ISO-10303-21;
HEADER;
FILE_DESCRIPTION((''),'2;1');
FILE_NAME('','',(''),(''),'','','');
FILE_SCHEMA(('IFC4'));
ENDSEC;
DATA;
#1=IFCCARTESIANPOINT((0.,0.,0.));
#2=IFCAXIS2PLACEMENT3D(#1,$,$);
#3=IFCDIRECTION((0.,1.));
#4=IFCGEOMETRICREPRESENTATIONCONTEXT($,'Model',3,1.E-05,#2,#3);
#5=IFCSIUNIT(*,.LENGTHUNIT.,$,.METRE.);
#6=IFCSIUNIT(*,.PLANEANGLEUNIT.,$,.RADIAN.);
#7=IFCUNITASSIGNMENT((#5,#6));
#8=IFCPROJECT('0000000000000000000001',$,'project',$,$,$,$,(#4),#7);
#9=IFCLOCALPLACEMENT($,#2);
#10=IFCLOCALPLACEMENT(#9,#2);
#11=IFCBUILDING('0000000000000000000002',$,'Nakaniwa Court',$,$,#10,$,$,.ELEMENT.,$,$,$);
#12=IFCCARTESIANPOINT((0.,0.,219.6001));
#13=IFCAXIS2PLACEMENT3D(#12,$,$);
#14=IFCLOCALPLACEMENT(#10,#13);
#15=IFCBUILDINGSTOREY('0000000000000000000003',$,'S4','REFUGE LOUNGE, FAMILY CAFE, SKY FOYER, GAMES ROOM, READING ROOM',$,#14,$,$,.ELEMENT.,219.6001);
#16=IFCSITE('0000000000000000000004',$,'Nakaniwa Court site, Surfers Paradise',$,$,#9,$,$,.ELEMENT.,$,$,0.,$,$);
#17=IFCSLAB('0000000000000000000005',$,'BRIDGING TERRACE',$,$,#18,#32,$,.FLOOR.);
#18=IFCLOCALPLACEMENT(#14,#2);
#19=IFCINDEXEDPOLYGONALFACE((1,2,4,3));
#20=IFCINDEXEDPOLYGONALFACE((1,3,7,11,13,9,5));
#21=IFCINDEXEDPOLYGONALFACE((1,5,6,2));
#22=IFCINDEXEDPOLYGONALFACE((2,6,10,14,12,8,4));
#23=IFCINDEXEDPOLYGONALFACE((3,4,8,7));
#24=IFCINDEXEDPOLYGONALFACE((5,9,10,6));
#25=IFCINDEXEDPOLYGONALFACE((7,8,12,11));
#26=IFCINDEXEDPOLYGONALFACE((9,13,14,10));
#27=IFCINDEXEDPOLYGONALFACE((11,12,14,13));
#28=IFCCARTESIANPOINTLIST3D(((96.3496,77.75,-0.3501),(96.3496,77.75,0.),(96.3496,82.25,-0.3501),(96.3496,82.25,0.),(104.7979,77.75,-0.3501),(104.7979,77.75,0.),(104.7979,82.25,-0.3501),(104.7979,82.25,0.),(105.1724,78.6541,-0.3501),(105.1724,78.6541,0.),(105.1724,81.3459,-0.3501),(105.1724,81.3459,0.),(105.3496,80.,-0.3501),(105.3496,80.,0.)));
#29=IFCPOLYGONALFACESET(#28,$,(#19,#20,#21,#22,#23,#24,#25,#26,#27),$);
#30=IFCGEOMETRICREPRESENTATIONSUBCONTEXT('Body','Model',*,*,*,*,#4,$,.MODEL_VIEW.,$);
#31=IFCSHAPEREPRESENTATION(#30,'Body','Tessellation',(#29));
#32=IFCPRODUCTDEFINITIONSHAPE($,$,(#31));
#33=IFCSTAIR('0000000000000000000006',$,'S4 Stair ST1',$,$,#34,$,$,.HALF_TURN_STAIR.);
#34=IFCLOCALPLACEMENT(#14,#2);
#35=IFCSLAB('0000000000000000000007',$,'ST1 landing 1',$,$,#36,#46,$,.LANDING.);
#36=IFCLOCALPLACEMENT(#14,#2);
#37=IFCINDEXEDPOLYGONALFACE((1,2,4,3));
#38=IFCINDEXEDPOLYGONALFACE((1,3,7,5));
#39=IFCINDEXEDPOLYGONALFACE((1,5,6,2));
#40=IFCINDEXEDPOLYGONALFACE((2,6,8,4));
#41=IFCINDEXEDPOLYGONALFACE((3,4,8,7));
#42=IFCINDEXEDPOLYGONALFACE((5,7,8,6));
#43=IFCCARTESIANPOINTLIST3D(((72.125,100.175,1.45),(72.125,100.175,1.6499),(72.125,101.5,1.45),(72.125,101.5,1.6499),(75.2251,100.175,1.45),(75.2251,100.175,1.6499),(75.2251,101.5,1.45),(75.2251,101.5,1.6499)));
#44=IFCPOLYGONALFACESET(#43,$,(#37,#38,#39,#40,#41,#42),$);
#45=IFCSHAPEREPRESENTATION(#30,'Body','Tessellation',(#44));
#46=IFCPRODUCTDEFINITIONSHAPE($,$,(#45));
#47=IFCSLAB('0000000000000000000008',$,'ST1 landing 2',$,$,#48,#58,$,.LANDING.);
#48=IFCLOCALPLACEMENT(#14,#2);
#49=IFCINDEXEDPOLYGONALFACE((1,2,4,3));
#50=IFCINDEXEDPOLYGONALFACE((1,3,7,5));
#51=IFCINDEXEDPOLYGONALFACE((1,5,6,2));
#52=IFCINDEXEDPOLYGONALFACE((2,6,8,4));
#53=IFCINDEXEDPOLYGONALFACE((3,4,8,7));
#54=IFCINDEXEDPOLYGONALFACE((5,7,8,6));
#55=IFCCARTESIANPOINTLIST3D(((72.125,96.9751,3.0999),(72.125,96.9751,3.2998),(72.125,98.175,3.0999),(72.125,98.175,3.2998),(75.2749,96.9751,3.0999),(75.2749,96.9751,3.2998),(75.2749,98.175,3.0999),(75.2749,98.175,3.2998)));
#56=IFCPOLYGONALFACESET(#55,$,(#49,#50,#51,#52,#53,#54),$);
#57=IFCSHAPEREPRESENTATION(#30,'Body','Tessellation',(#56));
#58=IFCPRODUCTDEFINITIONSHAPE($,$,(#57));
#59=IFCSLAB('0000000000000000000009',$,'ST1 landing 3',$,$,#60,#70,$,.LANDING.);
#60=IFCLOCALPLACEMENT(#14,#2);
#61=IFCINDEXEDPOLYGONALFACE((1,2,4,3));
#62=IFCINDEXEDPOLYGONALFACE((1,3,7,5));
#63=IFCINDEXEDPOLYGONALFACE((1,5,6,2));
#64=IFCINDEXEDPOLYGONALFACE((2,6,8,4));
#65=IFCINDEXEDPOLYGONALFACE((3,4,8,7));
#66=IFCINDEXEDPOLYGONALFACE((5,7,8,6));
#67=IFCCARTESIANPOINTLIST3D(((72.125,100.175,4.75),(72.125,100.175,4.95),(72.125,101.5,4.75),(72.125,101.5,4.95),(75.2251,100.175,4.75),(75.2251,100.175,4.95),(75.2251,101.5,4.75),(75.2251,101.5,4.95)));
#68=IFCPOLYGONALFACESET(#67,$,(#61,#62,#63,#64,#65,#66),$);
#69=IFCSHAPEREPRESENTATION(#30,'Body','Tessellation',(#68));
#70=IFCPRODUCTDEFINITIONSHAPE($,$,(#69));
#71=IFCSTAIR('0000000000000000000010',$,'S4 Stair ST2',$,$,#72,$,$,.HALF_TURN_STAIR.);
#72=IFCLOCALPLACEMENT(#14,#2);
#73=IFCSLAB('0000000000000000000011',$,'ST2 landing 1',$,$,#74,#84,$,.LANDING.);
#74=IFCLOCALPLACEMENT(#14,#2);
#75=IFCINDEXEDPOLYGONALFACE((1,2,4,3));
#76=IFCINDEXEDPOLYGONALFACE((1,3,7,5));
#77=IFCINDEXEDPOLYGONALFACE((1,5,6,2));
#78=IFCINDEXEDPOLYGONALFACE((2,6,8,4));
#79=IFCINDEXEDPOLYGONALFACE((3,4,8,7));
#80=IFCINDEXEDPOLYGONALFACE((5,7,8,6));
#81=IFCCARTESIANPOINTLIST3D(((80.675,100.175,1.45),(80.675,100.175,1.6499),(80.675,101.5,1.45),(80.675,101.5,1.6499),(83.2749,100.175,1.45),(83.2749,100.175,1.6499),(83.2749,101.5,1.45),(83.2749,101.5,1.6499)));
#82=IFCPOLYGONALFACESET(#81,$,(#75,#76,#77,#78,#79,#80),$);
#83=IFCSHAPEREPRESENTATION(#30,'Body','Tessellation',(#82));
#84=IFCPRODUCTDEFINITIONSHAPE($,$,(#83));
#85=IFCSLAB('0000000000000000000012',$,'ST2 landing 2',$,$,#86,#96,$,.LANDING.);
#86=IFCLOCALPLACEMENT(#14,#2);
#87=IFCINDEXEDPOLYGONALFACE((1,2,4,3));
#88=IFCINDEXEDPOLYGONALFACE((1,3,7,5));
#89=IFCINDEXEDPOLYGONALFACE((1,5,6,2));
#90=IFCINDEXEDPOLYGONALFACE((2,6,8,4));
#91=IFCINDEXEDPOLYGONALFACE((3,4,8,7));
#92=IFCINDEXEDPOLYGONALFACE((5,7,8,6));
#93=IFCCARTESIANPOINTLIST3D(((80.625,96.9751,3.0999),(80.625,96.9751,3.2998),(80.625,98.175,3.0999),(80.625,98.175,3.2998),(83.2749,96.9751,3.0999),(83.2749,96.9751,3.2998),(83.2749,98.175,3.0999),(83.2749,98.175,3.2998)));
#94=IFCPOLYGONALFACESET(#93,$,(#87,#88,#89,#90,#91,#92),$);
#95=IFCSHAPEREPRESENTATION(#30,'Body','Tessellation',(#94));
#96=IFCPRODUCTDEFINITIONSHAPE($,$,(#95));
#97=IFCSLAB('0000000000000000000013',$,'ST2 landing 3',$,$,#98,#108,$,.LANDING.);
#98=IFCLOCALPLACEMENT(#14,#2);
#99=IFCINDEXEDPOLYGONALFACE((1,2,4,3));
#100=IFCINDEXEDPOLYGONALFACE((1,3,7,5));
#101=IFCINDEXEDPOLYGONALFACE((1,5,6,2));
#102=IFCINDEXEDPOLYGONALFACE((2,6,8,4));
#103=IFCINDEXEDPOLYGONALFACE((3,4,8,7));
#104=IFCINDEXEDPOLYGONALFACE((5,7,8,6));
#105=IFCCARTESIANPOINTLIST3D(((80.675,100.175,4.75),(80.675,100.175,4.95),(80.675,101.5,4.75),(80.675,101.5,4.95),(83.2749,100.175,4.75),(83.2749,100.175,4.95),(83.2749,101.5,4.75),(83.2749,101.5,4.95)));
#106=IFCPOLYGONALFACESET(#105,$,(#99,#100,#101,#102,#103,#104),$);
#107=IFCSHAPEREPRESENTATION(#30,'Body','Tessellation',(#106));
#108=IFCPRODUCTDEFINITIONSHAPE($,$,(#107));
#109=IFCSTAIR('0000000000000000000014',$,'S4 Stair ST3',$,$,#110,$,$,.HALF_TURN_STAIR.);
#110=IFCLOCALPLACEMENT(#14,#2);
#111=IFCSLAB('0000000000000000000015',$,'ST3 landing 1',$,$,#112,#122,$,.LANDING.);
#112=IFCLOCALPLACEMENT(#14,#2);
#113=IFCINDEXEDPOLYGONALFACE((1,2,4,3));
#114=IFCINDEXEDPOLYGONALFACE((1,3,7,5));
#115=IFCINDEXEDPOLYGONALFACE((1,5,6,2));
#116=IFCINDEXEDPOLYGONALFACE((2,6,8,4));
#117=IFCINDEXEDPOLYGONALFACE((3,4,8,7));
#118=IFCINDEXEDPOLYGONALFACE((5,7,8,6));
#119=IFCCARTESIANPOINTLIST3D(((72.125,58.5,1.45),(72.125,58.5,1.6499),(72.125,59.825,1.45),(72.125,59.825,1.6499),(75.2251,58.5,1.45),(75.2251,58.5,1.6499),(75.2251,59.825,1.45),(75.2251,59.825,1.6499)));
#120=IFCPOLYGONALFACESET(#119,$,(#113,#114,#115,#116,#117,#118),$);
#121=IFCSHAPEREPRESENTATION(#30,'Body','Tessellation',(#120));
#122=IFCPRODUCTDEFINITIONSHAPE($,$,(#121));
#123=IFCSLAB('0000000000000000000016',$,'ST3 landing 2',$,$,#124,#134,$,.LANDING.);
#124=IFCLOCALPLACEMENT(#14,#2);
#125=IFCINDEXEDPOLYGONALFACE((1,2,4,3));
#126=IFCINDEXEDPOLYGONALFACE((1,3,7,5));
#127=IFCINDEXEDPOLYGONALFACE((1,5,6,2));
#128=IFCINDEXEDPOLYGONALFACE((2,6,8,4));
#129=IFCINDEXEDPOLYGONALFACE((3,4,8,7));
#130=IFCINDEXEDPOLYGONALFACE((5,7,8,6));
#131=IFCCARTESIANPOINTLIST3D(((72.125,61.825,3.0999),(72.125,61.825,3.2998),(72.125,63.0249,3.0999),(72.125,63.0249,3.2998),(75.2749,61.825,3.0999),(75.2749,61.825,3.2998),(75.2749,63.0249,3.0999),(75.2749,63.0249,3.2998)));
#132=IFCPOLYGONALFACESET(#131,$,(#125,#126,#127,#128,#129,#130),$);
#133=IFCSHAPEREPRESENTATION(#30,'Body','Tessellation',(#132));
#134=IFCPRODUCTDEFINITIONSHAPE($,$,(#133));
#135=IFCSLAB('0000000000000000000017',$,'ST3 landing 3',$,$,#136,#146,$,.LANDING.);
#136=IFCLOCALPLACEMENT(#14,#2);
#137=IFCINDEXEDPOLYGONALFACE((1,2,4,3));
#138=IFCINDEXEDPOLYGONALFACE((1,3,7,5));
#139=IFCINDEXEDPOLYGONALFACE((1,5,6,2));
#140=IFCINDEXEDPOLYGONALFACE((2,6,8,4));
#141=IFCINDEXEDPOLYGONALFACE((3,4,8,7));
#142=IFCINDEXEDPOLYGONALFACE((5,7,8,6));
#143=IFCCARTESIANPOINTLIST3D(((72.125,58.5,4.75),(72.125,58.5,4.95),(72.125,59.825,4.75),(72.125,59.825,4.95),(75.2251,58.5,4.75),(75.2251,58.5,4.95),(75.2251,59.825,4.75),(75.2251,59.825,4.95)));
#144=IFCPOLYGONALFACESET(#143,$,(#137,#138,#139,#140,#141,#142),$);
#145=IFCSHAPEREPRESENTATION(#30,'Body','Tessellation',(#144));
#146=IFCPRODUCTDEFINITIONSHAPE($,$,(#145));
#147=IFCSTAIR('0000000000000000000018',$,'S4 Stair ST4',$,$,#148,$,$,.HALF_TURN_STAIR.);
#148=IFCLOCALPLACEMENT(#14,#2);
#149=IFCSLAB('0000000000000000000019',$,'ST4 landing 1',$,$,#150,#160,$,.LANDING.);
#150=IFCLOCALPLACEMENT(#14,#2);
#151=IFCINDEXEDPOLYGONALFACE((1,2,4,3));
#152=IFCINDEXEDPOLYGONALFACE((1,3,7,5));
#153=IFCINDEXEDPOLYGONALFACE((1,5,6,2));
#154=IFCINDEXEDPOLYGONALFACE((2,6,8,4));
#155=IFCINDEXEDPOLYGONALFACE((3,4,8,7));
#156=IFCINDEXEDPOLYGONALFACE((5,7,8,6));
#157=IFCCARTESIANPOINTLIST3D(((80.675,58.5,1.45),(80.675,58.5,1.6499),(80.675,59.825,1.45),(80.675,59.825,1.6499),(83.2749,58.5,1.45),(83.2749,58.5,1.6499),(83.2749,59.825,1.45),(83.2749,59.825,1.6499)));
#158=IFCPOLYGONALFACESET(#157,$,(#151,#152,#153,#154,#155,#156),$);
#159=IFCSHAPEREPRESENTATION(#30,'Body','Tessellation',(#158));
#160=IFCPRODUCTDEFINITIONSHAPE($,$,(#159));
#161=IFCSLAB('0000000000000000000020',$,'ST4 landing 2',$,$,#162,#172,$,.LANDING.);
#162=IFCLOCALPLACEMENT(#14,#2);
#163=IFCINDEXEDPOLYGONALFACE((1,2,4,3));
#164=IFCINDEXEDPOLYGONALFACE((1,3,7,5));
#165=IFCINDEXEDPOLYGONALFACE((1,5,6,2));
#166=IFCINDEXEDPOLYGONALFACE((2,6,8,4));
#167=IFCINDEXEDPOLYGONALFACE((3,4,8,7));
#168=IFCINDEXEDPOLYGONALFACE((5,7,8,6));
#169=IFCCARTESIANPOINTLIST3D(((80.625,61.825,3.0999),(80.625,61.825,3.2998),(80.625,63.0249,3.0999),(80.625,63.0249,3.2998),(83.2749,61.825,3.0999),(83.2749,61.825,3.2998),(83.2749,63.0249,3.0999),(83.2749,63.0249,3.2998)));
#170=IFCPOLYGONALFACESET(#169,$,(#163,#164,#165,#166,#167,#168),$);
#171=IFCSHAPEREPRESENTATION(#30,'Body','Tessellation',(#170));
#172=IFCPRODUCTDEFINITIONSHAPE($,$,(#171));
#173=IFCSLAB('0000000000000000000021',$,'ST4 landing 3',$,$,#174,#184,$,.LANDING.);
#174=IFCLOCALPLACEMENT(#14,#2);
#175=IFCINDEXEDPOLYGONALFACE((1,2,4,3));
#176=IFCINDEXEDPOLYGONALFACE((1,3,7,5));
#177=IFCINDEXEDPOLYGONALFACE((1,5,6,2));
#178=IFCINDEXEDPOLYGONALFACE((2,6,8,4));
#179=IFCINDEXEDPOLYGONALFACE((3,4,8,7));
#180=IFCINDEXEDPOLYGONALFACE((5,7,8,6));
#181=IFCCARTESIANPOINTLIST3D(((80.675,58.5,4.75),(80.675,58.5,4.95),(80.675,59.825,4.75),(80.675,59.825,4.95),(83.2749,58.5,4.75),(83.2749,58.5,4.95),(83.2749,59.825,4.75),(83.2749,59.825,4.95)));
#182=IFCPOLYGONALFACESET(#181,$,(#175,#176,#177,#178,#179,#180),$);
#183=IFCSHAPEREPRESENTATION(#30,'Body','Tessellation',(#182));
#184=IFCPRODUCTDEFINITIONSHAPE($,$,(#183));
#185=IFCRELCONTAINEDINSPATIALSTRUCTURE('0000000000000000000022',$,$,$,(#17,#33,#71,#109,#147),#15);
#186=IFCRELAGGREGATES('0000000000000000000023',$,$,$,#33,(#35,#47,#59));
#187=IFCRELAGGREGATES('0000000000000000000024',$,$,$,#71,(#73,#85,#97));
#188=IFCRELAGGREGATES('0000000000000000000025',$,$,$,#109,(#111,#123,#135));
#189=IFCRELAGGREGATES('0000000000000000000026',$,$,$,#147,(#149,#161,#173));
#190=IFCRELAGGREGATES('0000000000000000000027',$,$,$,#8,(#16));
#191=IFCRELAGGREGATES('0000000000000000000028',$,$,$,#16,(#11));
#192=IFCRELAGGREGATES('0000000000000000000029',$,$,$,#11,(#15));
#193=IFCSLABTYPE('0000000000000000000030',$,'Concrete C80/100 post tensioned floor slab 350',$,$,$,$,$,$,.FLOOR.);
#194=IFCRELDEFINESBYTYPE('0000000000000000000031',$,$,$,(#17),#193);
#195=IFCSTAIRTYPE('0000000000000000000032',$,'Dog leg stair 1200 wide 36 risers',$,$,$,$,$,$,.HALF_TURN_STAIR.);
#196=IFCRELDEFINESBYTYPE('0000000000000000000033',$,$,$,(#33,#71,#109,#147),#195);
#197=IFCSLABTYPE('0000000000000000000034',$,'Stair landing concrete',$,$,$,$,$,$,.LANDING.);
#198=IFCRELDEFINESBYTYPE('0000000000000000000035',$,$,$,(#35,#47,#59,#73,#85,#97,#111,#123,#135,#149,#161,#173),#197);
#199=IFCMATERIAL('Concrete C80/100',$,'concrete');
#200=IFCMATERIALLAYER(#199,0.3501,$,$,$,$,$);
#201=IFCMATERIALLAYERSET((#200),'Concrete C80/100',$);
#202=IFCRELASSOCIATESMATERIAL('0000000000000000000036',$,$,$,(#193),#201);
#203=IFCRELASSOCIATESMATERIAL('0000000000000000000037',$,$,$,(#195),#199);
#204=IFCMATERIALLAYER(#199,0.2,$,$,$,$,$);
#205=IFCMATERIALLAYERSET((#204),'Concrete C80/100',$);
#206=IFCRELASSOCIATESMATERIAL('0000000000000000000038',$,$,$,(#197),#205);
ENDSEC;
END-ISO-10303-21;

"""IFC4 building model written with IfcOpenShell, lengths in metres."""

from ifc_helpers import new_model, si_unit, direction, frame, origin, place, context, subcontext, project, spatial, polyline, outline, extrude, material, layer, layer_set, type_object, element, aggregate, save


model = new_model("IFC4")

# Units and contexts
model_context = context("Model", 3, precision=1e-05, world=origin(), true_north=direction((0.0, 1.0)))
body_context = subcontext(model_context, "Body", "Model", "MODEL_VIEW")
ifc_project = project(units=[si_unit("LENGTHUNIT", "METRE"), si_unit("PLANEANGLEUNIT", "RADIAN")], contexts=[model_context])

# Site, building, storey
site_placement = place(None, origin())
site = spatial("IfcSite", under=ifc_project, at=site_placement, Name="Nakaniwa Court site, Surfers Paradise", CompositionType="ELEMENT", RefElevation=0.0)
building_placement = place(site_placement, origin())
building = spatial("IfcBuilding", under=site, at=building_placement, Name="Nakaniwa Court", CompositionType="ELEMENT")
storey_placement = place(building_placement, frame((0.0, 0.0, 219.6001)))
storey = spatial("IfcBuildingStorey", under=building, at=storey_placement, Name="S4", Description="REFUGE LOUNGE, FAMILY CAFE, SKY FOYER, GAMES ROOM, READING ROOM", CompositionType="ELEMENT", Elevation=219.6001)

# Shared definitions
ifc_material_1 = material(Name="Concrete C80/100", Category="concrete")

# Slab
ifc_layer_1 = layer(ifc_material_1, 0.3501)
ifc_layer_set_1 = layer_set([ifc_layer_1], Name="Concrete C80/100")
slab_type_1 = type_object("IfcSlabType", Name="Concrete C80/100 post tensioned floor slab 350", PredefinedType="FLOOR", material=ifc_layer_set_1)
slab_1_placement = place(storey_placement, frame((0.0, 0.0, -0.3501)))
element("IfcSlab", 1, at=slab_1_placement, inside=storey, type_object=slab_type_1, Name="BRIDGING TERRACE", PredefinedType="FLOOR", context=body_context, shape_type="SweptSolid", body=[
    extrude(outline(polyline([(96.3496, 77.75), (104.7979, 77.75), (105.1724, 78.6541), (105.3496, 80.0), (105.1724, 81.3459), (104.7979, 82.25), (96.3496, 82.25), (96.3496, 77.75)])), origin(), (0.0, 0.0, 1.0), 0.3501),
])

# Stairs, slabs
stair_type = type_object("IfcStairType", Name="Dog leg stair 1200 wide 36 risers", PredefinedType="HALF_TURN_STAIR", material=ifc_material_1)
stair_1_placement = place(storey_placement, origin())
stair_1 = element("IfcStair", 2, at=stair_1_placement, inside=storey, type_object=stair_type, Name="S4 Stair ST1", PredefinedType="HALF_TURN_STAIR")
ifc_layer_2 = layer(ifc_material_1, 0.2)
ifc_layer_set_2 = layer_set([ifc_layer_2], Name="Concrete C80/100")
slab_type_2 = type_object("IfcSlabType", Name="Stair landing concrete", PredefinedType="LANDING", material=ifc_layer_set_2)
slab_2_placement = place(storey_placement, frame((0.0, 0.0, 1.45)))
slab_2 = element("IfcSlab", 3, at=slab_2_placement, type_object=slab_type_2, Name="ST1 landing 1", PredefinedType="LANDING", context=body_context, shape_type="SweptSolid", body=[
    extrude(outline(polyline([(75.2251, 100.175), (75.2251, 101.5), (72.125, 101.5), (72.125, 100.175), (75.2251, 100.175)])), origin(), (0.0, 0.0, 1.0), 0.2),
])
slab_3_placement = place(storey_placement, frame((0.0, 0.0, 3.0999)))
slab_3 = element("IfcSlab", 4, at=slab_3_placement, type_object=slab_type_2, Name="ST1 landing 2", PredefinedType="LANDING", context=body_context, shape_type="SweptSolid", body=[
    extrude(outline(polyline([(75.2749, 96.9751), (75.2749, 98.175), (72.125, 98.175), (72.125, 96.9751), (75.2749, 96.9751)])), origin(), (0.0, 0.0, 1.0), 0.2),
])
slab_4_placement = place(storey_placement, frame((0.0, 0.0, 4.75)))
slab_4 = element("IfcSlab", 5, at=slab_4_placement, type_object=slab_type_2, Name="ST1 landing 3", PredefinedType="LANDING", context=body_context, shape_type="SweptSolid", body=[
    extrude(outline(polyline([(75.2251, 100.175), (75.2251, 101.5), (72.125, 101.5), (72.125, 100.175), (75.2251, 100.175)])), origin(), (0.0, 0.0, 1.0), 0.2),
])
aggregate(stair_1, [slab_2, slab_3, slab_4])
stair_2_placement = place(storey_placement, origin())
stair_2 = element("IfcStair", 6, at=stair_2_placement, inside=storey, type_object=stair_type, Name="S4 Stair ST2", PredefinedType="HALF_TURN_STAIR")
slab_5_placement = place(storey_placement, frame((0.0, 0.0, 1.45)))
slab_5 = element("IfcSlab", 7, at=slab_5_placement, type_object=slab_type_2, Name="ST2 landing 1", PredefinedType="LANDING", context=body_context, shape_type="SweptSolid", body=[
    extrude(outline(polyline([(83.2749, 100.175), (83.2749, 101.5), (80.675, 101.5), (80.675, 100.175), (83.2749, 100.175)])), origin(), (0.0, 0.0, 1.0), 0.2),
])
slab_6_placement = place(storey_placement, frame((0.0, 0.0, 3.0999)))
slab_6 = element("IfcSlab", 8, at=slab_6_placement, type_object=slab_type_2, Name="ST2 landing 2", PredefinedType="LANDING", context=body_context, shape_type="SweptSolid", body=[
    extrude(outline(polyline([(83.2749, 96.9751), (83.2749, 98.175), (80.625, 98.175), (80.625, 96.9751), (83.2749, 96.9751)])), origin(), (0.0, 0.0, 1.0), 0.2),
])
slab_7_placement = place(storey_placement, frame((0.0, 0.0, 4.75)))
slab_7 = element("IfcSlab", 9, at=slab_7_placement, type_object=slab_type_2, Name="ST2 landing 3", PredefinedType="LANDING", context=body_context, shape_type="SweptSolid", body=[
    extrude(outline(polyline([(83.2749, 100.175), (83.2749, 101.5), (80.675, 101.5), (80.675, 100.175), (83.2749, 100.175)])), origin(), (0.0, 0.0, 1.0), 0.2),
])
aggregate(stair_2, [slab_5, slab_6, slab_7])
stair_3_placement = place(storey_placement, origin())
stair_3 = element("IfcStair", 10, at=stair_3_placement, inside=storey, type_object=stair_type, Name="S4 Stair ST3", PredefinedType="HALF_TURN_STAIR")
slab_8_placement = place(storey_placement, frame((0.0, 0.0, 1.45)))
slab_8 = element("IfcSlab", 11, at=slab_8_placement, type_object=slab_type_2, Name="ST3 landing 1", PredefinedType="LANDING", context=body_context, shape_type="SweptSolid", body=[
    extrude(outline(polyline([(75.2251, 58.5), (75.2251, 59.825), (72.125, 59.825), (72.125, 58.5), (75.2251, 58.5)])), origin(), (0.0, 0.0, 1.0), 0.2),
])
slab_9_placement = place(storey_placement, frame((0.0, 0.0, 3.0999)))
slab_9 = element("IfcSlab", 12, at=slab_9_placement, type_object=slab_type_2, Name="ST3 landing 2", PredefinedType="LANDING", context=body_context, shape_type="SweptSolid", body=[
    extrude(outline(polyline([(75.2749, 61.825), (75.2749, 63.0249), (72.125, 63.0249), (72.125, 61.825), (75.2749, 61.825)])), origin(), (0.0, 0.0, 1.0), 0.2),
])
slab_10_placement = place(storey_placement, frame((0.0, 0.0, 4.75)))
slab_10 = element("IfcSlab", 13, at=slab_10_placement, type_object=slab_type_2, Name="ST3 landing 3", PredefinedType="LANDING", context=body_context, shape_type="SweptSolid", body=[
    extrude(outline(polyline([(75.2251, 58.5), (75.2251, 59.825), (72.125, 59.825), (72.125, 58.5), (75.2251, 58.5)])), origin(), (0.0, 0.0, 1.0), 0.2),
])
aggregate(stair_3, [slab_8, slab_9, slab_10])
stair_4_placement = place(storey_placement, origin())
stair_4 = element("IfcStair", 14, at=stair_4_placement, inside=storey, type_object=stair_type, Name="S4 Stair ST4", PredefinedType="HALF_TURN_STAIR")
slab_11_placement = place(storey_placement, frame((0.0, 0.0, 1.45)))
slab_11 = element("IfcSlab", 15, at=slab_11_placement, type_object=slab_type_2, Name="ST4 landing 1", PredefinedType="LANDING", context=body_context, shape_type="SweptSolid", body=[
    extrude(outline(polyline([(83.2749, 58.5), (83.2749, 59.825), (80.675, 59.825), (80.675, 58.5), (83.2749, 58.5)])), origin(), (0.0, 0.0, 1.0), 0.2),
])
slab_12_placement = place(storey_placement, frame((0.0, 0.0, 3.0999)))
slab_12 = element("IfcSlab", 16, at=slab_12_placement, type_object=slab_type_2, Name="ST4 landing 2", PredefinedType="LANDING", context=body_context, shape_type="SweptSolid", body=[
    extrude(outline(polyline([(83.2749, 61.825), (83.2749, 63.0249), (80.625, 63.0249), (80.625, 61.825), (83.2749, 61.825)])), origin(), (0.0, 0.0, 1.0), 0.2),
])
slab_13_placement = place(storey_placement, frame((0.0, 0.0, 4.75)))
slab_13 = element("IfcSlab", 17, at=slab_13_placement, type_object=slab_type_2, Name="ST4 landing 3", PredefinedType="LANDING", context=body_context, shape_type="SweptSolid", body=[
    extrude(outline(polyline([(83.2749, 58.5), (83.2749, 59.825), (80.675, 59.825), (80.675, 58.5), (83.2749, 58.5)])), origin(), (0.0, 0.0, 1.0), 0.2),
])
aggregate(stair_4, [slab_11, slab_12, slab_13])

save(model, "model.ifc")
